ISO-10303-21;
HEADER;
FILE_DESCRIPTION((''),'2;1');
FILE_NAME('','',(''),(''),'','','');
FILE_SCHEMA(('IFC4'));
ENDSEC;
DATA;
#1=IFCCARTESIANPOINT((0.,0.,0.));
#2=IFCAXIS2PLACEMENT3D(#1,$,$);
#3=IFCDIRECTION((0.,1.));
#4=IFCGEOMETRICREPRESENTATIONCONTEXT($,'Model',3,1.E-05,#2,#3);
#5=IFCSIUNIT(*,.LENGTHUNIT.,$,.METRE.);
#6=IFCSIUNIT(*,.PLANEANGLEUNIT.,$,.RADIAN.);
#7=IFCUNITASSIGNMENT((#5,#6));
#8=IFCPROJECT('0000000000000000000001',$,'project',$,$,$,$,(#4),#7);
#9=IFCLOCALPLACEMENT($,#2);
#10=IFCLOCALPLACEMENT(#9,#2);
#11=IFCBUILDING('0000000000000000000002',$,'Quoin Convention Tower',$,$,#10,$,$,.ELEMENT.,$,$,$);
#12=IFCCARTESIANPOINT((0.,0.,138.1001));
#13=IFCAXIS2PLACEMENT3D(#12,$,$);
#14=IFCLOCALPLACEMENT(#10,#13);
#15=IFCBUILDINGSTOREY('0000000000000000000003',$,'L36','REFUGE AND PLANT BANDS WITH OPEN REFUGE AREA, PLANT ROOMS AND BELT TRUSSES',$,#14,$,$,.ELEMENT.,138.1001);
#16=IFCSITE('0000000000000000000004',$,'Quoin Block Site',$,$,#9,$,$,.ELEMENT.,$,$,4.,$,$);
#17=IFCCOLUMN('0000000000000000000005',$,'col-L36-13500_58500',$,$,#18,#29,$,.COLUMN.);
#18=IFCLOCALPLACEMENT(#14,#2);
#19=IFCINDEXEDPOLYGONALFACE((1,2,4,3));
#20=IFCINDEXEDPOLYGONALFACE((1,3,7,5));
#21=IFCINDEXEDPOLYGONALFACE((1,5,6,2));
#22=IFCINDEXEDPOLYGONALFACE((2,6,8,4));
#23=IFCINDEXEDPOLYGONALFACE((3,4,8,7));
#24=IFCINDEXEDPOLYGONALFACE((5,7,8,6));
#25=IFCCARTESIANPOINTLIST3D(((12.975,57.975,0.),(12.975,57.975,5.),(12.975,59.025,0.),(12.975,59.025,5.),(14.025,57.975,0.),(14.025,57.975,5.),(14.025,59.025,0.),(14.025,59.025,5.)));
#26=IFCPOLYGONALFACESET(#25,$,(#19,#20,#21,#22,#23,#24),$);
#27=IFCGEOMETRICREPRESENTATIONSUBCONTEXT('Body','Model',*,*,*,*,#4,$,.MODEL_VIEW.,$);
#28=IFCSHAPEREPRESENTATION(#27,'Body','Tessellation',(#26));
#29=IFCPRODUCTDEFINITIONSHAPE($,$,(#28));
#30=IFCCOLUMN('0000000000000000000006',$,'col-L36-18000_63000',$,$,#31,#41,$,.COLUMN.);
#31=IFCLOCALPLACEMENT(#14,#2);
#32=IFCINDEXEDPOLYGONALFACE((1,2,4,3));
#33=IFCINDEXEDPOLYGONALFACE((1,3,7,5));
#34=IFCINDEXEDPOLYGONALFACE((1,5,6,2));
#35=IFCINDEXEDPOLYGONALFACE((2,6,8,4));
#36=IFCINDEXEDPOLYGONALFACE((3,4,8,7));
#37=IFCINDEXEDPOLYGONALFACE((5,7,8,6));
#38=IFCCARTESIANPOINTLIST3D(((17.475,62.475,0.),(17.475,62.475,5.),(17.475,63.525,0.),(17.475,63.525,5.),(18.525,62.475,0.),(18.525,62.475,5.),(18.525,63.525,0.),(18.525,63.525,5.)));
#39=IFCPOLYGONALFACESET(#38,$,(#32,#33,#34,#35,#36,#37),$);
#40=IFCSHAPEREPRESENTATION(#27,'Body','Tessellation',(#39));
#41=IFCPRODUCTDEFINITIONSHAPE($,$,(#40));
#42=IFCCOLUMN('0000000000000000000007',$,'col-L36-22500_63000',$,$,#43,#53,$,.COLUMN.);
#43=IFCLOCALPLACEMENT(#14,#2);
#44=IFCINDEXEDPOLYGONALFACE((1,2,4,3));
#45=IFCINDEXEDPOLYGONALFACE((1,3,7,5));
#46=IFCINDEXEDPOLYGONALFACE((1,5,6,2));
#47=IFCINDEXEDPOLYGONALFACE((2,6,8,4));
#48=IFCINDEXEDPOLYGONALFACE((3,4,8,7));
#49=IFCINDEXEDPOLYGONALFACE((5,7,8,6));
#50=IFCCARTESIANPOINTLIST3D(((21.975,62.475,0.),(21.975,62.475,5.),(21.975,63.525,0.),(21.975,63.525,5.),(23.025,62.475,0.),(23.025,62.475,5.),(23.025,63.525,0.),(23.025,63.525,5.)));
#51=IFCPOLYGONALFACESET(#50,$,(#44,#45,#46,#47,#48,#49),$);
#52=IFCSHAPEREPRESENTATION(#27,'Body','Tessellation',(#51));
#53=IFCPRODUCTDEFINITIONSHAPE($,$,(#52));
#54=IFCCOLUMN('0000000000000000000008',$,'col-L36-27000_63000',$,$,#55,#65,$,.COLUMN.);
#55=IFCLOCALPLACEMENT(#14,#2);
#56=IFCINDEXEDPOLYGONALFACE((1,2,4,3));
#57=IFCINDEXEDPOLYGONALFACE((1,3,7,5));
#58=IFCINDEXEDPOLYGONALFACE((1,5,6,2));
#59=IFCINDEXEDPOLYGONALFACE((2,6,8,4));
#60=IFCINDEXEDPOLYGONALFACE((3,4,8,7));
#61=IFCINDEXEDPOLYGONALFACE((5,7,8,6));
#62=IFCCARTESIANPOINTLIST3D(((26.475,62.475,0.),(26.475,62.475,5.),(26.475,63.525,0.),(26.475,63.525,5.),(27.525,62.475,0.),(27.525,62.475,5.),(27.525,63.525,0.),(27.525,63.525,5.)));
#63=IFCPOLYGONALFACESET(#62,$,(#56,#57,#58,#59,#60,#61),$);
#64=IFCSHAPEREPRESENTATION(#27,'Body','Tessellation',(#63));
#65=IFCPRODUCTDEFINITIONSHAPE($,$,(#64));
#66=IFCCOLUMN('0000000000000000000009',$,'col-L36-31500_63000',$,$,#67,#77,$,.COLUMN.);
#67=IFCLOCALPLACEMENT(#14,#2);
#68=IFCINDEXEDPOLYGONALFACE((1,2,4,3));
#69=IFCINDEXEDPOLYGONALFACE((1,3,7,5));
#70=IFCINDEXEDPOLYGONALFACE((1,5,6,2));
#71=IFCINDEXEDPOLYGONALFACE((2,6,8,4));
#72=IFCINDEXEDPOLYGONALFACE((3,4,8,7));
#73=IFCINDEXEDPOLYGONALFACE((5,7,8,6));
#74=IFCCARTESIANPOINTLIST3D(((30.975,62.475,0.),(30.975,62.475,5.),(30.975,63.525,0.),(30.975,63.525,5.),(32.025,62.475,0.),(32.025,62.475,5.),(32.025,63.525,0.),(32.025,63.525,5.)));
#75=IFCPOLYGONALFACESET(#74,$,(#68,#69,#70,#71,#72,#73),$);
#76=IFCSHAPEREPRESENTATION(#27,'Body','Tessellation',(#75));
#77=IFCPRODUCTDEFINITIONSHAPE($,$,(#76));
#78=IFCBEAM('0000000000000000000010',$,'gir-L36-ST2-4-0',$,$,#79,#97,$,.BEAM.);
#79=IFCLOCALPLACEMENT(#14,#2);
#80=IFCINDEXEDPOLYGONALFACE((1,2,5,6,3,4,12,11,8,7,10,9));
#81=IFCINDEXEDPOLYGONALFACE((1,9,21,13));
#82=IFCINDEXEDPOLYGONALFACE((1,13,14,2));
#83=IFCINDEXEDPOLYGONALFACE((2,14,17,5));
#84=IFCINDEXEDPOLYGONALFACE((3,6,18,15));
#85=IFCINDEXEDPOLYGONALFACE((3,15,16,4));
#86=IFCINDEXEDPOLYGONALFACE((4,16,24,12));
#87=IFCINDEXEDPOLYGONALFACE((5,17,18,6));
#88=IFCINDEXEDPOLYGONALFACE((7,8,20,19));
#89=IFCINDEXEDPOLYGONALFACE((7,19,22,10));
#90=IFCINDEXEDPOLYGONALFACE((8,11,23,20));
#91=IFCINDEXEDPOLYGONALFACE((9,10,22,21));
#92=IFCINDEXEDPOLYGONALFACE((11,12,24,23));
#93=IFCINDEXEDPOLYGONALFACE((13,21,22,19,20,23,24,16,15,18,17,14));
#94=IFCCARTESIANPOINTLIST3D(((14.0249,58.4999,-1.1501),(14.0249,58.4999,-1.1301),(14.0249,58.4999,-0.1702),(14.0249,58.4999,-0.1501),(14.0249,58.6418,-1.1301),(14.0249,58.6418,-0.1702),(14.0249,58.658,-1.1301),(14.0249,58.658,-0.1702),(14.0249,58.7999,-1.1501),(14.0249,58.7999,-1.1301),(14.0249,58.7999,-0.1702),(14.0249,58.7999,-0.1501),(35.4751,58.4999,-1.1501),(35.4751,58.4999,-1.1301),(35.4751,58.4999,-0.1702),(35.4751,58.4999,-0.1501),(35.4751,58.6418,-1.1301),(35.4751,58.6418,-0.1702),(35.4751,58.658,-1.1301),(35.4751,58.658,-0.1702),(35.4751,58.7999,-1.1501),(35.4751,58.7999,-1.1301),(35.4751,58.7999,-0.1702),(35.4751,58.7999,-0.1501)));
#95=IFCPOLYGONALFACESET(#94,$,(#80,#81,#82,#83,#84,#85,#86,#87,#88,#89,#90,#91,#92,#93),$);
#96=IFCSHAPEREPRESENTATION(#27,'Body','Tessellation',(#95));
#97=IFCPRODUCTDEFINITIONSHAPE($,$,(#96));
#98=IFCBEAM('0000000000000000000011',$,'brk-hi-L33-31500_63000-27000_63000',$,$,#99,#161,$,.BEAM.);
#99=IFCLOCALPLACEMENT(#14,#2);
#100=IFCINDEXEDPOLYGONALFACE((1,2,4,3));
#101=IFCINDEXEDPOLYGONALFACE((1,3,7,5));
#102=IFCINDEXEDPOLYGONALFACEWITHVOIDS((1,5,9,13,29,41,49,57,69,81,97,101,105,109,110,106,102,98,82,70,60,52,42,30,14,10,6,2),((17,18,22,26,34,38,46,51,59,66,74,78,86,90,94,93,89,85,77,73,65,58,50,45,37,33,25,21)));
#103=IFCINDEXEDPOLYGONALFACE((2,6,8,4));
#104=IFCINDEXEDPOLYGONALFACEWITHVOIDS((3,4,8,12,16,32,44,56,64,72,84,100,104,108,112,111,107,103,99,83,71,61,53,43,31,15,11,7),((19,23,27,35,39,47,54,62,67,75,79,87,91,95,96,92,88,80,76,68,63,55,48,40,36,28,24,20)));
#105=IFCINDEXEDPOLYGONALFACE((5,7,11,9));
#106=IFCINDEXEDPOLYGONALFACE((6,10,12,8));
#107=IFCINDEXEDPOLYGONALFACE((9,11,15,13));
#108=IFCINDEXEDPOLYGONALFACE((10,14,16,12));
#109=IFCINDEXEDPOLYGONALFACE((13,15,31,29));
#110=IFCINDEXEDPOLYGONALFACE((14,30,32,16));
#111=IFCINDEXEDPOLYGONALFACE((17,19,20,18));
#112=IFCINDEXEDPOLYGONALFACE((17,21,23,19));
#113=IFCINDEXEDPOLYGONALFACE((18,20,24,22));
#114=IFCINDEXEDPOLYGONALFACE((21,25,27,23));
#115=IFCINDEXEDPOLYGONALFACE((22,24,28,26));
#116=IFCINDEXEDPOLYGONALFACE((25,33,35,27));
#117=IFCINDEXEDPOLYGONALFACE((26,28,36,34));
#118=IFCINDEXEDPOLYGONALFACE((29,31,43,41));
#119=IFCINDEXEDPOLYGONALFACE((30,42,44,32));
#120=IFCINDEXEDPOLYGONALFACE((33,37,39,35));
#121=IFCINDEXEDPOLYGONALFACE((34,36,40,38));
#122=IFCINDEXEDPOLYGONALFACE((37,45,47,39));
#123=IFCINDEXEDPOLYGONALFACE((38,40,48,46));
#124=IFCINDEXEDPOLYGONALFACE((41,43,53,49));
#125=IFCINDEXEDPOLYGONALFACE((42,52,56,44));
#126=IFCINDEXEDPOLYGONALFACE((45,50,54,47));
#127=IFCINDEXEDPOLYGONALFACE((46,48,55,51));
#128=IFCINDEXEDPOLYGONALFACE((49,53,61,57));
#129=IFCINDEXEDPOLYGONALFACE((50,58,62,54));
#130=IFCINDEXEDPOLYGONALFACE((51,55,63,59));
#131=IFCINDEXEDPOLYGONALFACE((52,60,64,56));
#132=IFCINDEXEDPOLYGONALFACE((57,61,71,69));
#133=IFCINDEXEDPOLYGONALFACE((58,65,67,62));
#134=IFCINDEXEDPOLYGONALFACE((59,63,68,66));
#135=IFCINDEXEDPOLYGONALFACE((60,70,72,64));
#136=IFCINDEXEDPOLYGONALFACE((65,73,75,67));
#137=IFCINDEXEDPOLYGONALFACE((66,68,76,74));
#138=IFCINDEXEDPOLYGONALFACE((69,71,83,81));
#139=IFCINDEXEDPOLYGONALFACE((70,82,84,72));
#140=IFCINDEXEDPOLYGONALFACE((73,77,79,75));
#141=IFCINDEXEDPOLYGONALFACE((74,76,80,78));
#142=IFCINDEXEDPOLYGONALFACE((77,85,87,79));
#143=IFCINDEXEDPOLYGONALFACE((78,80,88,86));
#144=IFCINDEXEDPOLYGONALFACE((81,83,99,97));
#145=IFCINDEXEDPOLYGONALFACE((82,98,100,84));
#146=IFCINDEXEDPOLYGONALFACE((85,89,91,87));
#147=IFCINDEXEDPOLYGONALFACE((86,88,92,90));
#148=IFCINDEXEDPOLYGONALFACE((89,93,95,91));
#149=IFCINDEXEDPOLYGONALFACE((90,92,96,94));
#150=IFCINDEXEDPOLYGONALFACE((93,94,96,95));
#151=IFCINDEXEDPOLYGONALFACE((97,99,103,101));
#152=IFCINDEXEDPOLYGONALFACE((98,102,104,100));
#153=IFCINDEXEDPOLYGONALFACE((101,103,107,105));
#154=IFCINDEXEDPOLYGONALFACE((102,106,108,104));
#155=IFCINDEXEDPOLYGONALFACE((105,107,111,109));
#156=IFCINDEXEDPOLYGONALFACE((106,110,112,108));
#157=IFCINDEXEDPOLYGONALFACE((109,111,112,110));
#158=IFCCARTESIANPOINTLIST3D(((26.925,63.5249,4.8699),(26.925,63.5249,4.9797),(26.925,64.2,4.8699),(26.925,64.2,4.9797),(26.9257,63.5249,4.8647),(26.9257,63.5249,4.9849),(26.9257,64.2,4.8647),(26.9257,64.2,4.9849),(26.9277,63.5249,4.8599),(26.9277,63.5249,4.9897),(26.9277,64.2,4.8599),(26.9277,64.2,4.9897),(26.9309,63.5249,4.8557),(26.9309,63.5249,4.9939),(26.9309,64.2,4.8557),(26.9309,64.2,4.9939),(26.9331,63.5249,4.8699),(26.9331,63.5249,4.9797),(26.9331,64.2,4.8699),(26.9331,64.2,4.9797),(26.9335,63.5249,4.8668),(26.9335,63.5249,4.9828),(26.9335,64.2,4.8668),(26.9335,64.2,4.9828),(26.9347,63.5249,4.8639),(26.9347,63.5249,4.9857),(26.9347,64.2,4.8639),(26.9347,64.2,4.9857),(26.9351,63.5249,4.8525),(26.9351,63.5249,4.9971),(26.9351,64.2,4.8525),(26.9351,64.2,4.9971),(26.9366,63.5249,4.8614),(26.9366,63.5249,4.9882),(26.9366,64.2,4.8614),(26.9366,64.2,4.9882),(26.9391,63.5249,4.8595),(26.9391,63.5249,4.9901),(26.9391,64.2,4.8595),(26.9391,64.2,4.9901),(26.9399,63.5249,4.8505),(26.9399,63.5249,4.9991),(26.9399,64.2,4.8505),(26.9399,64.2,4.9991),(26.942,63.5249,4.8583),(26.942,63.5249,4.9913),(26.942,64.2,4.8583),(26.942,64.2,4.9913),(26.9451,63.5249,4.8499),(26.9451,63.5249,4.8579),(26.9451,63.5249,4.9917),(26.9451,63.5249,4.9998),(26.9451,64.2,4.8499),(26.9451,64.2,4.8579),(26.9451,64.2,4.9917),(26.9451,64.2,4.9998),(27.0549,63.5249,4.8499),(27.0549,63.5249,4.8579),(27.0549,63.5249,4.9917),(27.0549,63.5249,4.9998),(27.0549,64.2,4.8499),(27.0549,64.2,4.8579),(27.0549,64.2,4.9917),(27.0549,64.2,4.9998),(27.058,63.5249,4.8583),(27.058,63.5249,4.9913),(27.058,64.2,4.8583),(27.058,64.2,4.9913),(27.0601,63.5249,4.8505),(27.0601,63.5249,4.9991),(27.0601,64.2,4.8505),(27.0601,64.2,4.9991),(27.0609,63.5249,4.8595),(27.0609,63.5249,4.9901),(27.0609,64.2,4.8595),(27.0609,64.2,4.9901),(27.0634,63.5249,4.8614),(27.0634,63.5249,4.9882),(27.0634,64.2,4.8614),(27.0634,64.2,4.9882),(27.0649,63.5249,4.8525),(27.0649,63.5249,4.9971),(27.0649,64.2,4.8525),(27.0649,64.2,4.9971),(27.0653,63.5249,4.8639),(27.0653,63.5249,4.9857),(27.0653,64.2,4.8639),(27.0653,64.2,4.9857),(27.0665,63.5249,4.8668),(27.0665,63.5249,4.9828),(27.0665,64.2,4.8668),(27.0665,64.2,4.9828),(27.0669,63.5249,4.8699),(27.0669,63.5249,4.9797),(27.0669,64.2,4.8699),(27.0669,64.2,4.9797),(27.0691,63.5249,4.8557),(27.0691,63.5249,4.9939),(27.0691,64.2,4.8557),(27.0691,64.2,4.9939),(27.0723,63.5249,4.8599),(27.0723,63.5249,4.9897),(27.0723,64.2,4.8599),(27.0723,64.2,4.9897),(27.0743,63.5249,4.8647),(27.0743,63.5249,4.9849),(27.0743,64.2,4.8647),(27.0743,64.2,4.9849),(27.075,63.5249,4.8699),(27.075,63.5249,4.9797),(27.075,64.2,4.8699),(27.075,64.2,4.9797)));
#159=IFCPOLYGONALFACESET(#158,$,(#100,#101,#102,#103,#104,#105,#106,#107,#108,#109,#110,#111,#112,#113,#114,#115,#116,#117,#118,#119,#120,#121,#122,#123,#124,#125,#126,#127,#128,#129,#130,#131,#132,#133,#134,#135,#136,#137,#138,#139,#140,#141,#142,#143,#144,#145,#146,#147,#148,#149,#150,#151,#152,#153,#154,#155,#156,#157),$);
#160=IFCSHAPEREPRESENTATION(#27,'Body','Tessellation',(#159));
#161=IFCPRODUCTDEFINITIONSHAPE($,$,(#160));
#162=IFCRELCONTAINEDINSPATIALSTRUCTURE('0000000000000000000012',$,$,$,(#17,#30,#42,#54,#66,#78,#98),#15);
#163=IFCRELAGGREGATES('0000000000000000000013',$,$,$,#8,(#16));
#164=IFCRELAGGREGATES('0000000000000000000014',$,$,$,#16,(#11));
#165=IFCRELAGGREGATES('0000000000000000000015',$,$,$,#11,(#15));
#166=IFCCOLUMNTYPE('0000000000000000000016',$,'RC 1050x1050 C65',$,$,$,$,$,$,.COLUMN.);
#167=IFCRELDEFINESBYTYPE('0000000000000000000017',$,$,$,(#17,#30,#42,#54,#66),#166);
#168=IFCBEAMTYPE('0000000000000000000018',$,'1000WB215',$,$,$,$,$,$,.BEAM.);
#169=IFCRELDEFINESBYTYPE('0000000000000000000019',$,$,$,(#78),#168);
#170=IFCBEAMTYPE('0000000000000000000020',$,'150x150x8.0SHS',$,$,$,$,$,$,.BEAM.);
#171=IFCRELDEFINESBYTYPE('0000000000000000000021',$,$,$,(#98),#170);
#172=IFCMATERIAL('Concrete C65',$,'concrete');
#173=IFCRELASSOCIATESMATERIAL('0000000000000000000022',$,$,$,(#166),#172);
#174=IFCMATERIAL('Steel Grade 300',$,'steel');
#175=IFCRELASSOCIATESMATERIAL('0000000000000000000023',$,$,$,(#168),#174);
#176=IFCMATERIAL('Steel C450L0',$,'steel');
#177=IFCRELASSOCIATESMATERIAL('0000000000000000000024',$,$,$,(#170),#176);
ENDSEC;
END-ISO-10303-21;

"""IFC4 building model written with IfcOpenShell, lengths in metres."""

from ifc_helpers import new_model, si_unit, direction, frame, origin, origin_2d, place, context, subcontext, project, spatial, rectangle, hollow_rectangle, i_section, extrude, material, material_profile, profile_set, type_object, element, save


model = new_model("IFC4")

# Units and contexts
model_context = context("Model", 3, precision=1e-05, world=origin(), true_north=direction((0.0, 1.0)))
body_context = subcontext(model_context, "Body", "Model", "MODEL_VIEW")
ifc_project = project(units=[si_unit("LENGTHUNIT", "METRE"), si_unit("PLANEANGLEUNIT", "RADIAN")], contexts=[model_context])

# Site, building, storey
site_placement = place(None, origin())
site = spatial("IfcSite", under=ifc_project, at=site_placement, Name="Quoin Block Site", CompositionType="ELEMENT", RefElevation=4.0)
building_placement = place(site_placement, origin())
building = spatial("IfcBuilding", under=site, at=building_placement, Name="Quoin Convention Tower", CompositionType="ELEMENT")
storey_placement = place(building_placement, frame((0.0, 0.0, 138.1001)))
storey = spatial("IfcBuildingStorey", under=building, at=storey_placement, Name="L36", Description="REFUGE AND PLANT BANDS WITH OPEN REFUGE AREA, PLANT ROOMS AND BELT TRUSSES", CompositionType="ELEMENT", Elevation=138.1001)

# Columns
ifc_material_1 = material(Name="Concrete C65", Category="concrete")
ifc_material_profile_1 = material_profile(ifc_material_1, rectangle(XDim=1.05, YDim=1.05, at=origin_2d()), Name="RC 1050x1050")
ifc_profile_set_1 = profile_set([ifc_material_profile_1], Name="Concrete C65")
column_type = type_object("IfcColumnType", Name="RC 1050x1050 C65", PredefinedType="COLUMN", material=ifc_profile_set_1)
for number, where, z_axis, x_axis, name in (
    (1, (13.5, 58.5, 0.0), (0.0, 0.0, 1.0), (1.0, 0.0, 0.0), "col-L36-13500_58500"),
    (2, (18.0, 63.0, 0.0), (0.0, 0.0, 1.0), (1.0, 0.0, 0.0), "col-L36-18000_63000"),
    (3, (22.5, 63.0, 0.0), (0.0, 0.0, 1.0), (1.0, 0.0, 0.0), "col-L36-22500_63000"),
    (4, (27.0, 63.0, 0.0), (0.0, 0.0, 1.0), (1.0, 0.0, 0.0), "col-L36-27000_63000"),
    (5, (31.5, 63.0, 0.0), (0.0, 0.0, 1.0), (1.0, 0.0, 0.0), "col-L36-31500_63000"),
):
    element("IfcColumn", number, at=place(storey_placement, frame(where, z_axis=z_axis, x_axis=x_axis)), inside=storey, type_object=column_type, Name=name, PredefinedType="COLUMN", context=body_context, shape_type="SweptSolid", body=[
        extrude(rectangle(XDim=1.05, YDim=1.05, at=origin_2d()), origin(), (0.0, 0.0, 1.0), 5.0),
    ])

# Beams
ifc_material_2 = material(Name="Steel Grade 300", Category="steel")
ifc_material_profile_2 = material_profile(ifc_material_2, i_section(OverallWidth=0.3, OverallDepth=1.0, WebThickness=0.0161, FlangeThickness=0.02, at=origin_2d()), Name="1000WB215")
ifc_profile_set_2 = profile_set([ifc_material_profile_2], Name="Steel Grade 300")
beam_type_1 = type_object("IfcBeamType", Name="1000WB215", PredefinedType="BEAM", material=ifc_profile_set_2)
beam_1_placement = place(storey_placement, frame((14.0249, 58.6499, -0.6501), z_axis=(1.0, 0.0, 0.0), x_axis=(0.0, 1.0, 0.0)))
element("IfcBeam", 6, at=beam_1_placement, inside=storey, type_object=beam_type_1, Name="gir-L36-ST2-4-0", PredefinedType="BEAM", context=body_context, shape_type="SweptSolid", body=[
    extrude(i_section(OverallWidth=0.3, OverallDepth=1.0, WebThickness=0.0161, FlangeThickness=0.02, at=origin_2d()), origin(), (0.0, 0.0, 1.0), 21.4502),
])
ifc_material_3 = material(Name="Steel C450L0", Category="steel")
ifc_material_profile_3 = material_profile(ifc_material_3, hollow_rectangle(XDim=0.1499, YDim=0.1499, WallThickness=0.0081, InnerFilletRadius=0.012, OuterFilletRadius=0.02, at=origin_2d()), Name="150x150x8.0SHS")
ifc_profile_set_3 = profile_set([ifc_material_profile_3], Name="Steel C450L0")
beam_type_2 = type_object("IfcBeamType", Name="150x150x8.0SHS", PredefinedType="BEAM", material=ifc_profile_set_3)
for number, where, z_axis, x_axis, name in (
    (7, (27.0, 63.5249, 4.9248), (0.0, 1.0, 0.0), (-1.0, 0.0, 0.0), "brk-hi-L33-31500_63000-27000_63000"),
):
    element("IfcBeam", number, at=place(storey_placement, frame(where, z_axis=z_axis, x_axis=x_axis)), inside=storey, type_object=beam_type_2, Name=name, PredefinedType="BEAM", context=body_context, shape_type="SweptSolid", body=[
        extrude(hollow_rectangle(XDim=0.1499, YDim=0.1499, WallThickness=0.0081, InnerFilletRadius=0.012, OuterFilletRadius=0.02, at=origin_2d()), origin(), (0.0, 0.0, 1.0), 0.675),
    ])

save(model, "model.ifc")
